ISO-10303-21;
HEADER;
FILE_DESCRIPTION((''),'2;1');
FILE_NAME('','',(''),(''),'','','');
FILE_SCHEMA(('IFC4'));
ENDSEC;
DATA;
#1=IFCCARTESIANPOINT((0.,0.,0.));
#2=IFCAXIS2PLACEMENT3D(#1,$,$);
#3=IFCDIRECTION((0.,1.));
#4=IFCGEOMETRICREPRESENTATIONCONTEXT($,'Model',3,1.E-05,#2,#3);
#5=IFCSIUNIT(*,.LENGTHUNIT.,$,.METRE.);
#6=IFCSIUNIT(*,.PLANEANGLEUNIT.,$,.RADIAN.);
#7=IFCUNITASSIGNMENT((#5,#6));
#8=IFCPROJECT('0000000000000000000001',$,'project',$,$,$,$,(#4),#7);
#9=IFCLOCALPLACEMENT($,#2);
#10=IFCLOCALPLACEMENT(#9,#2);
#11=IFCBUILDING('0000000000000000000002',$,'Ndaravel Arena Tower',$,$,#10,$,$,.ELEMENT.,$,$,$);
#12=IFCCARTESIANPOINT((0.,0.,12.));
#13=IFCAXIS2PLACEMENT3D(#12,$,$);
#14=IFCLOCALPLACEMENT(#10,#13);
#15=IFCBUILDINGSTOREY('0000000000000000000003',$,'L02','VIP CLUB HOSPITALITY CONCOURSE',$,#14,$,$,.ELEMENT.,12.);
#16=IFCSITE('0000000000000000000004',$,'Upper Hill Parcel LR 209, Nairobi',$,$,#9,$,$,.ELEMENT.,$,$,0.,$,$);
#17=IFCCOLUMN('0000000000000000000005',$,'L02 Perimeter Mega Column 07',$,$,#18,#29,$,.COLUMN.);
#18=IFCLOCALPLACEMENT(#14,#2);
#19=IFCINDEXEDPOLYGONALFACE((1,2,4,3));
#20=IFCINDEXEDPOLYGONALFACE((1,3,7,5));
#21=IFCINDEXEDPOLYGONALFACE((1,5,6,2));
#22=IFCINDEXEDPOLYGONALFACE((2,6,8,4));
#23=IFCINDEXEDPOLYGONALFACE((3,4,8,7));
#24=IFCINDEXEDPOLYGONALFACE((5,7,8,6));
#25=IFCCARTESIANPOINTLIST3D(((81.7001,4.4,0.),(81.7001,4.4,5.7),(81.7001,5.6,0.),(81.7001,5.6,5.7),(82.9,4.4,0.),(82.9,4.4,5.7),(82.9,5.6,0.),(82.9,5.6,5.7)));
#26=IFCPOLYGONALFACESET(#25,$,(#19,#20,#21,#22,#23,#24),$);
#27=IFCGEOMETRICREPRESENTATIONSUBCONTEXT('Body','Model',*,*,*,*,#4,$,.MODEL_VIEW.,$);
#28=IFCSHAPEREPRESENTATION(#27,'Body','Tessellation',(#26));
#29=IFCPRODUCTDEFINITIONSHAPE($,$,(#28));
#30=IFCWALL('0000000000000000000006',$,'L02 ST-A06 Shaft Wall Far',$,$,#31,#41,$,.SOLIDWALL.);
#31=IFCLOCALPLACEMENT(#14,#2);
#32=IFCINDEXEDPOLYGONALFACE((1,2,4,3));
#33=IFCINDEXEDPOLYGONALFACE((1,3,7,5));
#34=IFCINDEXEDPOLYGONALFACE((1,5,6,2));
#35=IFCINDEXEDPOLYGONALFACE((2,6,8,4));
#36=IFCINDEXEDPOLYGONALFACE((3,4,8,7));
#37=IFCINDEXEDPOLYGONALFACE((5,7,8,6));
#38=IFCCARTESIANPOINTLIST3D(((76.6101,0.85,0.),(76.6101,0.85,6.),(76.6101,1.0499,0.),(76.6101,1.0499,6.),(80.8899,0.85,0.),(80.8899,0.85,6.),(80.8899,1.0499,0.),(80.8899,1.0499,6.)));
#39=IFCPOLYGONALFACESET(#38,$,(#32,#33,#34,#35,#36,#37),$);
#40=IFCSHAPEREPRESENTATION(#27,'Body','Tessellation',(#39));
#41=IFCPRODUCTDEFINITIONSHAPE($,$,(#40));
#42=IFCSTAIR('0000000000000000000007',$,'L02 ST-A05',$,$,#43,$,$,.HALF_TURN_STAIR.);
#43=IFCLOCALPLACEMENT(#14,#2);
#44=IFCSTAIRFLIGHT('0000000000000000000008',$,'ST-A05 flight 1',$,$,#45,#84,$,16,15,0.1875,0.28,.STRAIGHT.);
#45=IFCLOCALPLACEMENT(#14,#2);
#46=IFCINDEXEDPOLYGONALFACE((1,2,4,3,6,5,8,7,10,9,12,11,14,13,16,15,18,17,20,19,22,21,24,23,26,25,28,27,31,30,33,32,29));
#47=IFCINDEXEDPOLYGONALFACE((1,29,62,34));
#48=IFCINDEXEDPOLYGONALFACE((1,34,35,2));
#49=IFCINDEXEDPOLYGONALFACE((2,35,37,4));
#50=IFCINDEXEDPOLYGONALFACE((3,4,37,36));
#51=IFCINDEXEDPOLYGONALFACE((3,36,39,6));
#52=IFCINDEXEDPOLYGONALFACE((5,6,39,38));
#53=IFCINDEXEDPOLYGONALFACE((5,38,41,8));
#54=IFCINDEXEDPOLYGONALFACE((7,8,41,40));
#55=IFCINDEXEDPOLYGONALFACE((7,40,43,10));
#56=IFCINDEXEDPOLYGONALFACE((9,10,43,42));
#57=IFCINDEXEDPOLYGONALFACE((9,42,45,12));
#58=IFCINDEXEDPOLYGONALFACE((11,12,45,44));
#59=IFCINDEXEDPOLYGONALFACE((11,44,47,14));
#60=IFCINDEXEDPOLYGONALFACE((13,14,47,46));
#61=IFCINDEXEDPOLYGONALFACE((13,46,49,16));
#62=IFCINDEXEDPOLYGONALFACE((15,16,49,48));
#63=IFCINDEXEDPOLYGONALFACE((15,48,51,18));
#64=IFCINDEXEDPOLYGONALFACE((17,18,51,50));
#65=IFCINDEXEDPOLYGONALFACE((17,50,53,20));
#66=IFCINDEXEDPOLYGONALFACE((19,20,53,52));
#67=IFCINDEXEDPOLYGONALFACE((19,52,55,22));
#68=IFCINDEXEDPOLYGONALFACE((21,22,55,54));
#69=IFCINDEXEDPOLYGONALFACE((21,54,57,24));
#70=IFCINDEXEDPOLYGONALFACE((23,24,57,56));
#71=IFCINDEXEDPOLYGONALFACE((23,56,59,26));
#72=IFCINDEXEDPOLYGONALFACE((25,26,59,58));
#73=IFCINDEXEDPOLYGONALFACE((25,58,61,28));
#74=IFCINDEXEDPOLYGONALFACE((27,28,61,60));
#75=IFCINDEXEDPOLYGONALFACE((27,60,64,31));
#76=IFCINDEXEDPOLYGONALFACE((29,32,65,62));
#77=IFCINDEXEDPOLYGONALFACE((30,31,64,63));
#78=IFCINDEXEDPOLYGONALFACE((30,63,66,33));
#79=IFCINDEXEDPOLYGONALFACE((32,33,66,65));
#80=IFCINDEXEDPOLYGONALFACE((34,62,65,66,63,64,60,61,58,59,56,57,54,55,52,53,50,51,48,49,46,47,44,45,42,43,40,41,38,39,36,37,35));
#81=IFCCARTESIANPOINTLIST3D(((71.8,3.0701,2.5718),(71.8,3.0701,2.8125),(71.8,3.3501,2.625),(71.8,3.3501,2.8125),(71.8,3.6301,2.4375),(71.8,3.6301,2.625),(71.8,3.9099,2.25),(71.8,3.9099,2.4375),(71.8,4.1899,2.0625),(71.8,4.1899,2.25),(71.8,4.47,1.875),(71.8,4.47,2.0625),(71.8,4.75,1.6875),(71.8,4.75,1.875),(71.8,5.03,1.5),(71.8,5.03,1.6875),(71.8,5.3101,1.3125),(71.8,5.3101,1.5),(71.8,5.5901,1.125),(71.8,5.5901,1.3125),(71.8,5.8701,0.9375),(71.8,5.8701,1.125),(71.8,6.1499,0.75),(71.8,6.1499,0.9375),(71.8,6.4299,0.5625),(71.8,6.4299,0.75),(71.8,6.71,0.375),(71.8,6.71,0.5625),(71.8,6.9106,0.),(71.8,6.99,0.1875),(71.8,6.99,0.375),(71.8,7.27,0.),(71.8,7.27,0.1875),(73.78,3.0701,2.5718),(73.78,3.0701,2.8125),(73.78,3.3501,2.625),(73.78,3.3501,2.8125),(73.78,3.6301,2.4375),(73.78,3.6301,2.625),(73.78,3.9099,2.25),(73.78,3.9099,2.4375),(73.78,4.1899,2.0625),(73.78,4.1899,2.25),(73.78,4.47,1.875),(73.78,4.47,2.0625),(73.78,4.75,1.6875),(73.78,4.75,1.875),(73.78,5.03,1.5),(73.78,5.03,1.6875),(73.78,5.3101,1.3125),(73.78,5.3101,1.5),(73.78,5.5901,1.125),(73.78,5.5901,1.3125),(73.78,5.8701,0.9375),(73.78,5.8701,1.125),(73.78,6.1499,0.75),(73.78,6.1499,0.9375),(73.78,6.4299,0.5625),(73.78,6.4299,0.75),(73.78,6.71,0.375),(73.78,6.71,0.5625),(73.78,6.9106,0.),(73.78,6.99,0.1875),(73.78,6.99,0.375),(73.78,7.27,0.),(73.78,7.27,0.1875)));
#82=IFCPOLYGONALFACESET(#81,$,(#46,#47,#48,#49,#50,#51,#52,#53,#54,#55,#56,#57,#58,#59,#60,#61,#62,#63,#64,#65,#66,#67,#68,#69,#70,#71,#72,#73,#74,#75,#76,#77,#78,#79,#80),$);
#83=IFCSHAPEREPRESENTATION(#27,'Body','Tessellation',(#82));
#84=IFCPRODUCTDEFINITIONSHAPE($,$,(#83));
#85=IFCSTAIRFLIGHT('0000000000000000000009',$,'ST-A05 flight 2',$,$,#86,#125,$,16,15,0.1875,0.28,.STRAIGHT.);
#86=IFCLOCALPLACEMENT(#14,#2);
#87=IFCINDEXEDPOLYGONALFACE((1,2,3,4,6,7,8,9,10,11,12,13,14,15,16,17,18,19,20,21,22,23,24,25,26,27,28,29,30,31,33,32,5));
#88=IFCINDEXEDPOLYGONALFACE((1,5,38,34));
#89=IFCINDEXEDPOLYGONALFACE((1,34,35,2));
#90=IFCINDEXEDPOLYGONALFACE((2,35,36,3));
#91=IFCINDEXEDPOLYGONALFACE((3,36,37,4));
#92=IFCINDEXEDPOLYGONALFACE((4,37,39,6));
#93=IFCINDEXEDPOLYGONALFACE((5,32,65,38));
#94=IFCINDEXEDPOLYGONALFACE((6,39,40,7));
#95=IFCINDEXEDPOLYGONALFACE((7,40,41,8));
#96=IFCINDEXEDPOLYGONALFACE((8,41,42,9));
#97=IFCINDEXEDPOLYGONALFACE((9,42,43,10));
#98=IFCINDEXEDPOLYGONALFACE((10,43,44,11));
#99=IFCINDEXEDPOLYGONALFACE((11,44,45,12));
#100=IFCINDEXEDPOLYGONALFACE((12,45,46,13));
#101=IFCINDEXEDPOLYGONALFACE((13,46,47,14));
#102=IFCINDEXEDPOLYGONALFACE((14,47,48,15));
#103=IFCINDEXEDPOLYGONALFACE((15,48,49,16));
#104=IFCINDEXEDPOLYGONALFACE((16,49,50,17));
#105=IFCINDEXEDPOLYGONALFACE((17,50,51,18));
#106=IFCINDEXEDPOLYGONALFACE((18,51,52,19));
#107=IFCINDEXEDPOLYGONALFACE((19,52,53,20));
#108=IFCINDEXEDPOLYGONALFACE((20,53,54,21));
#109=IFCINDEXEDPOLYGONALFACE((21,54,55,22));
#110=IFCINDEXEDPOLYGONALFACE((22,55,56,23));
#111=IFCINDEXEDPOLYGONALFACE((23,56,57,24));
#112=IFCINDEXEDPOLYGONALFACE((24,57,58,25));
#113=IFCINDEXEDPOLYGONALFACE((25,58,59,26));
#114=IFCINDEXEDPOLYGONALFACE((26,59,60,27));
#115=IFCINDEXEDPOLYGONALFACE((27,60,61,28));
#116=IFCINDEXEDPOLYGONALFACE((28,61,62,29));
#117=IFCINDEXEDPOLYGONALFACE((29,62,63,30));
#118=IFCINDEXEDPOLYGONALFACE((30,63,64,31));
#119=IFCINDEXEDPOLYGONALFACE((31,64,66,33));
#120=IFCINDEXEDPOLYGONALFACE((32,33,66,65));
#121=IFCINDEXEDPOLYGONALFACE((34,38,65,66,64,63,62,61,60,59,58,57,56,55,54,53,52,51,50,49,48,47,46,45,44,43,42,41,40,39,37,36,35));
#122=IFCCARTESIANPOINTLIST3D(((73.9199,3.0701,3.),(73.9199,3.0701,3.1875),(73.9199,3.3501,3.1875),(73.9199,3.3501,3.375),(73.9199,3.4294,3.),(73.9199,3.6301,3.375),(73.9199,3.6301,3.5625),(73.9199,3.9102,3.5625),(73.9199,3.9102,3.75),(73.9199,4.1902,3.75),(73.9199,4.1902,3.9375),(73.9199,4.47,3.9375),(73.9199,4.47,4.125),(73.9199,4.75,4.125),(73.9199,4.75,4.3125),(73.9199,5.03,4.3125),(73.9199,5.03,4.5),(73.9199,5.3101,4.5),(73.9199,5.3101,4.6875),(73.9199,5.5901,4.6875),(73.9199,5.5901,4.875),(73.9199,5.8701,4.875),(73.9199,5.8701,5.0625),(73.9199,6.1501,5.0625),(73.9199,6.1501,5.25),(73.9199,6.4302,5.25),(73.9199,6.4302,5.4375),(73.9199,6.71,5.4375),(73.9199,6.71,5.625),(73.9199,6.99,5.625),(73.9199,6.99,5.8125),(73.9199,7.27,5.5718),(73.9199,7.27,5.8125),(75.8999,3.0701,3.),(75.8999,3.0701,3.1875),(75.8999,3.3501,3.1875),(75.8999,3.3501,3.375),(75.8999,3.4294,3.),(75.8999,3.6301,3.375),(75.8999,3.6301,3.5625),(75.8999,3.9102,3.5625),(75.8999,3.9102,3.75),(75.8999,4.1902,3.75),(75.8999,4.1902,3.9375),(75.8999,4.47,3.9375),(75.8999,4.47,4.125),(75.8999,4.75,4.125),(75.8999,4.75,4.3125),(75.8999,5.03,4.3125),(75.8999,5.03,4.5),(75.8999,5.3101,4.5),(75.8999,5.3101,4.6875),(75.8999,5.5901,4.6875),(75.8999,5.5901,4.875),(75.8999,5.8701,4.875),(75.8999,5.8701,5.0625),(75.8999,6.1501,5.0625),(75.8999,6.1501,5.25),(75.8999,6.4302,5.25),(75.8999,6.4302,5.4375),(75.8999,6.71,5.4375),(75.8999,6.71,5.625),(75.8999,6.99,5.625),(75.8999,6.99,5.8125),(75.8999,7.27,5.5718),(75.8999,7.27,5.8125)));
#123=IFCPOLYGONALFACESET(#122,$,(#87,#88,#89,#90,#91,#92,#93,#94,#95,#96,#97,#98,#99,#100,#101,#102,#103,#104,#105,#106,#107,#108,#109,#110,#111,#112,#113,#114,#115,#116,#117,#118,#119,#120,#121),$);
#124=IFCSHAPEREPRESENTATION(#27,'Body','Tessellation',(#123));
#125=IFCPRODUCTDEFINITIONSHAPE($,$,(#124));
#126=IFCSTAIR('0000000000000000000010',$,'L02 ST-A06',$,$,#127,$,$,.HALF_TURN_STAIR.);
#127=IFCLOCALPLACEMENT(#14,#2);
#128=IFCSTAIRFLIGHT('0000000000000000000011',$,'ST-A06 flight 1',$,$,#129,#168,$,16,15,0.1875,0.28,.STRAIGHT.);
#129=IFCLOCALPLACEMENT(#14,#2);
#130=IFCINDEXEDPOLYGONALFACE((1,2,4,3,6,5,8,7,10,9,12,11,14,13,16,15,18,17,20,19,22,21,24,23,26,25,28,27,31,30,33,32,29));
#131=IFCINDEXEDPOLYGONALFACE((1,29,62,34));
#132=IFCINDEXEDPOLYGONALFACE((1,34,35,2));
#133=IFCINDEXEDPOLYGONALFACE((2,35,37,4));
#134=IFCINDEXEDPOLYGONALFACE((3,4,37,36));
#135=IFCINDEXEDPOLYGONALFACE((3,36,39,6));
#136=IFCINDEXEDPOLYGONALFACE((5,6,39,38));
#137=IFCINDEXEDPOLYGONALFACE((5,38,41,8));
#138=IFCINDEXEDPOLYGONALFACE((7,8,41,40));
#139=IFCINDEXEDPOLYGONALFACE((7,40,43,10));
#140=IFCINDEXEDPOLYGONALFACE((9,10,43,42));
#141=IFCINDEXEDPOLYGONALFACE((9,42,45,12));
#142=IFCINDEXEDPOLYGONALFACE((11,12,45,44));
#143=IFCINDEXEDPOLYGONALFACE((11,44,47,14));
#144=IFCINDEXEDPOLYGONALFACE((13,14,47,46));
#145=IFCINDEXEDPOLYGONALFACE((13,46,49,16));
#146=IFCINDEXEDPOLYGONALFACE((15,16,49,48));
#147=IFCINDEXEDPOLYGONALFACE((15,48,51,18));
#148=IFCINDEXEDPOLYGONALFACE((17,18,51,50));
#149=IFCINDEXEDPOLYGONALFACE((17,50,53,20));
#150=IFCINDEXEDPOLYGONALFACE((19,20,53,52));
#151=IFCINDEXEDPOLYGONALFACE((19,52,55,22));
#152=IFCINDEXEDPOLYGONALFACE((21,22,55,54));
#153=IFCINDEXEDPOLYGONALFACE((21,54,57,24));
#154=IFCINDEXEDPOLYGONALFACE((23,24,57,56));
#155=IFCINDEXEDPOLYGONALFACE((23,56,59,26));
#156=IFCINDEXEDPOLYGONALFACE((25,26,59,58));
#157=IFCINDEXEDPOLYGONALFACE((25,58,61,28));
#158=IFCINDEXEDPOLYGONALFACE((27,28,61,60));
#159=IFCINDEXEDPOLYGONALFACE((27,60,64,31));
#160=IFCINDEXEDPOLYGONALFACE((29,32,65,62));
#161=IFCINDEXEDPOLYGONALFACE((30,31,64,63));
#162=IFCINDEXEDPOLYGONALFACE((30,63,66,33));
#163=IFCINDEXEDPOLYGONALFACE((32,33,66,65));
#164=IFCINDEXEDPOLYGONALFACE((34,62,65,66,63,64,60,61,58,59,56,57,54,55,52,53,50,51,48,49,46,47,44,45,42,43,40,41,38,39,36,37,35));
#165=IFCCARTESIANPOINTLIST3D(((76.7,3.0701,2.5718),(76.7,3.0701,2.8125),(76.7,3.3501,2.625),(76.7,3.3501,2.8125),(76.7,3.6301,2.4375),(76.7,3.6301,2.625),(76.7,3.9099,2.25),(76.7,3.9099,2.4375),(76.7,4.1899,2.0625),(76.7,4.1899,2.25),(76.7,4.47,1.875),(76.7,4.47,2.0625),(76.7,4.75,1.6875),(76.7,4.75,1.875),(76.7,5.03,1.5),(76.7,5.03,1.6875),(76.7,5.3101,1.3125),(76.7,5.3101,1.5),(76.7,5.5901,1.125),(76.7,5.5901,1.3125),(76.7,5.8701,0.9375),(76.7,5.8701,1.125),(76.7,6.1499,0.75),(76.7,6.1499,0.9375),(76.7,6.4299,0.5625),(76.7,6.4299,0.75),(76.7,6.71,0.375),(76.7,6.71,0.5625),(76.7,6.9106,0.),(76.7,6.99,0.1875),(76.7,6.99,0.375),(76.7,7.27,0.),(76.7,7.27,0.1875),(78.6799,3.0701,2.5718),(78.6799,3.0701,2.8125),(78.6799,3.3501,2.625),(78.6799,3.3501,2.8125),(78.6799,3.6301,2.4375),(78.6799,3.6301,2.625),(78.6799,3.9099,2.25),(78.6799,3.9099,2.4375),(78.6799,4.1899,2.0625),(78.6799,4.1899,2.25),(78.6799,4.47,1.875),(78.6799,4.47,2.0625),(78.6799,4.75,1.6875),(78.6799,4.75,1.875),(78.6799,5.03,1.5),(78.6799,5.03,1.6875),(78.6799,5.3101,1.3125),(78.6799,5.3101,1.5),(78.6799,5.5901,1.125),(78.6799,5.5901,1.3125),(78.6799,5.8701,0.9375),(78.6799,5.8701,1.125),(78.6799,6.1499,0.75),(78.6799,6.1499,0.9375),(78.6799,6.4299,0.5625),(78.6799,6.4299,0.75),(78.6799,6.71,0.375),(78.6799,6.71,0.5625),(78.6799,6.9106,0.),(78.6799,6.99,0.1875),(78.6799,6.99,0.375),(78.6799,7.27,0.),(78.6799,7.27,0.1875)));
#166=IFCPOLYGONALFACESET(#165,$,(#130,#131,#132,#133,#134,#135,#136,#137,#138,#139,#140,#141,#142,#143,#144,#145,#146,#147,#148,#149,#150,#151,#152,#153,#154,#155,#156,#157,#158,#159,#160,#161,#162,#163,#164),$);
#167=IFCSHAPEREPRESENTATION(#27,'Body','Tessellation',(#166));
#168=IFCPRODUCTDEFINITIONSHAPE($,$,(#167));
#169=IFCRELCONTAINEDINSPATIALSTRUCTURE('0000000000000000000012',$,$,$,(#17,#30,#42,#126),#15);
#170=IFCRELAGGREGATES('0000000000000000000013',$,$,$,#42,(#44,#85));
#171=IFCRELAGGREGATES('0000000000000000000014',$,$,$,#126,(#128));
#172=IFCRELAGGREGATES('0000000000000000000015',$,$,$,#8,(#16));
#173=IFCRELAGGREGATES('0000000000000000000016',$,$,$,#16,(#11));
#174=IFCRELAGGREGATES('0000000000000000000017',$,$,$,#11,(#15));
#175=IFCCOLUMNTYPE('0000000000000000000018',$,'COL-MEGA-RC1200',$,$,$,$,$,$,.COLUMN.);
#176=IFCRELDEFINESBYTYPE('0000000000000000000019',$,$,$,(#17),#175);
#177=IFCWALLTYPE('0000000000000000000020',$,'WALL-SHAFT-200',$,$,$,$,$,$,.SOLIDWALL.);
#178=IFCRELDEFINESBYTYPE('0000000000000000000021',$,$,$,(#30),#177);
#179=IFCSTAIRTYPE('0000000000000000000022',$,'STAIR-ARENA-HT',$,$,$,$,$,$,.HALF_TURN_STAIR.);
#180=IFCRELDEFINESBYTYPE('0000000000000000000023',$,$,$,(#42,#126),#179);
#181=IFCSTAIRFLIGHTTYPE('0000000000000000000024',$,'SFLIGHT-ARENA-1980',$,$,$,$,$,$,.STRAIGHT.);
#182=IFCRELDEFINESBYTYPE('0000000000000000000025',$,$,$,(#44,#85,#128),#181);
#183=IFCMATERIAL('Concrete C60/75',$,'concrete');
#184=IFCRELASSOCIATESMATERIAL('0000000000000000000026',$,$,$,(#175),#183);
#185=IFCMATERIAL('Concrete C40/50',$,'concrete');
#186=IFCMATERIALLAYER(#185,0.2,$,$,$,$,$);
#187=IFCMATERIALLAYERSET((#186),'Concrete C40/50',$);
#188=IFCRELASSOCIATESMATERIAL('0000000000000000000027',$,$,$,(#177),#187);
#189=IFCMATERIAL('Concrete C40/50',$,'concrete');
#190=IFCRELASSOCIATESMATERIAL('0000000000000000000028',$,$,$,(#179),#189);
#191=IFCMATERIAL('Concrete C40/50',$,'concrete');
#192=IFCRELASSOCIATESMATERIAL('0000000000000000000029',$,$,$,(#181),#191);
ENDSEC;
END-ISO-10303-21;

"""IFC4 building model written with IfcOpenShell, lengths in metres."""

from ifc_helpers import new_model, si_unit, direction, frame, frame_2d, origin, origin_2d, place, context, subcontext, project, spatial, polyline, rectangle, outline, extrude, material, layer, layer_set, material_profile, profile_set, type_object, element, aggregate, save


model = new_model("IFC4")

# Units and contexts
model_context = context("Model", 3, precision=1e-05, world=origin(), true_north=direction((0.0, 1.0)))
body_context = subcontext(model_context, "Body", "Model", "MODEL_VIEW")
ifc_project = project(units=[si_unit("LENGTHUNIT", "METRE"), si_unit("PLANEANGLEUNIT", "RADIAN")], contexts=[model_context])

# Site, building, storey
site_placement = place(None, origin())
site = spatial("IfcSite", under=ifc_project, at=site_placement, Name="Upper Hill Parcel LR 209, Nairobi", CompositionType="ELEMENT", RefElevation=0.0)
building_placement = place(site_placement, origin())
building = spatial("IfcBuilding", under=site, at=building_placement, Name="Ndaravel Arena Tower", CompositionType="ELEMENT")
storey_placement = place(building_placement, frame((0.0, 0.0, 12.0)))
storey = spatial("IfcBuildingStorey", under=building, at=storey_placement, Name="L02", Description="VIP CLUB HOSPITALITY CONCOURSE", CompositionType="ELEMENT", Elevation=12.0)

# Column
ifc_material_1 = material(Name="Concrete C60/75", Category="concrete")
ifc_material_profile = material_profile(ifc_material_1, rectangle(XDim=1.2, YDim=1.2, at=origin_2d()), Name="RC 1200x1200")
ifc_profile_set = profile_set([ifc_material_profile], Name="Concrete C60/75")
column_type = type_object("IfcColumnType", Name="COL-MEGA-RC1200", PredefinedType="COLUMN", material=ifc_profile_set)
column_placement = place(storey_placement, frame((82.3, 5.0, 0.0), z_axis=(0.0, 0.0, 1.0), x_axis=(1.0, 0.0, 0.0)))
element("IfcColumn", 1, at=column_placement, inside=storey, type_object=column_type, Name="L02 Perimeter Mega Column 07", PredefinedType="COLUMN", context=body_context, shape_type="SweptSolid", body=[
    extrude(rectangle(XDim=1.2, YDim=1.2, at=origin_2d()), origin(), (0.0, 0.0, 1.0), 5.7),
])

# Wall
ifc_material_2 = material(Name="Concrete C40/50", Category="concrete")
ifc_layer_1 = layer(ifc_material_2, 0.2)
ifc_layer_set_1 = layer_set([ifc_layer_1], Name="Concrete C40/50")
wall_type_1 = type_object("IfcWallType", Name="WALL-SHAFT-200", PredefinedType="SOLIDWALL", material=ifc_layer_set_1)
wall_1_placement = place(storey_placement, frame((76.6101, 0.95, 0.0), z_axis=(0.0, 0.0, 1.0), x_axis=(1.0, 0.0, 0.0)))
element("IfcWall", 2, at=wall_1_placement, inside=storey, type_object=wall_type_1, Name="L02 ST-A06 Shaft Wall Far", PredefinedType="SOLIDWALL", context=body_context, shape_type="SweptSolid", body=[
    extrude(rectangle(XDim=4.2798, YDim=0.2, at=frame_2d((2.1399, 0.0))), origin(), (0.0, 0.0, 1.0), 6.0),
])

# Stairs, stair flights
ifc_material_3 = material(Name="Concrete C40/50", Category="concrete")
stair_type = type_object("IfcStairType", Name="STAIR-ARENA-HT", PredefinedType="HALF_TURN_STAIR", material=ifc_material_3)
stair_1_placement = place(storey_placement, origin())
stair_1 = element("IfcStair", 3, at=stair_1_placement, inside=storey, type_object=stair_type, Name="L02 ST-A05", PredefinedType="HALF_TURN_STAIR")
ifc_material_4 = material(Name="Concrete C40/50", Category="concrete")
stair_flight_type = type_object("IfcStairFlightType", Name="SFLIGHT-ARENA-1980", PredefinedType="STRAIGHT", material=ifc_material_4)
stair_flight_1_placement = place(storey_placement, frame((72.79, 7.27, 0.0), z_axis=(0.0, 0.0, 1.0), x_axis=(0.0, -1.0, 0.0)))
stair_flight_1 = element("IfcStairFlight", 4, at=stair_flight_1_placement, type_object=stair_flight_type, Name="ST-A05 flight 1", NumberOfRisers=16, NumberOfTreads=15, PredefinedType="STRAIGHT", RiserHeight=0.1875, TreadLength=0.28, context=body_context, shape_type="SweptSolid", body=[
    extrude(outline(polyline([(0.0, 0.0), (0.0, 0.1875), (0.28, 0.1875), (0.28, 0.375), (0.5601, 0.375), (0.5601, 0.5625), (0.8401, 0.5625), (0.8401, 0.75), (1.1201, 0.75), (1.1201, 0.9375), (1.3999, 0.9375), (1.3999, 1.125), (1.6799, 1.125), (1.6799, 1.3125), (1.96, 1.3125), (1.96, 1.5), (2.24, 1.5), (2.24, 1.6875), (2.52, 1.6875), (2.52, 1.875), (2.8, 1.875), (2.8, 2.0625), (3.0801, 2.0625), (3.0801, 2.25), (3.3601, 2.25), (3.3601, 2.4375), (3.6399, 2.4375), (3.6399, 2.625), (3.9199, 2.625), (3.9199, 2.8125), (4.2, 2.8125), (4.2, 3.0), (4.2, 2.5718), (0.3594, 0.0), (0.0, 0.0)])), frame((0.0, 0.99, 0.0), z_axis=(0.0, -1.0, 0.0), x_axis=(1.0, 0.0, 0.0)), (0.0, 0.0, 1.0), 1.98),
])
stair_flight_2_placement = place(storey_placement, frame((74.9099, 3.0701, 3.0), z_axis=(0.0, 0.0, 1.0), x_axis=(0.0, 1.0, 0.0)))
stair_flight_2 = element("IfcStairFlight", 5, at=stair_flight_2_placement, type_object=stair_flight_type, Name="ST-A05 flight 2", NumberOfRisers=16, NumberOfTreads=15, PredefinedType="STRAIGHT", RiserHeight=0.1875, TreadLength=0.28, context=body_context, shape_type="SweptSolid", body=[
    extrude(outline(polyline([(0.0, 0.0), (0.0, 0.1875), (0.28, 0.1875), (0.28, 0.375), (0.5601, 0.375), (0.5601, 0.5625), (0.8401, 0.5625), (0.8401, 0.75), (1.1201, 0.75), (1.1201, 0.9375), (1.3999, 0.9375), (1.3999, 1.125), (1.6799, 1.125), (1.6799, 1.3125), (1.96, 1.3125), (1.96, 1.5), (2.24, 1.5), (2.24, 1.6875), (2.52, 1.6875), (2.52, 1.875), (2.8, 1.875), (2.8, 2.0625), (3.0801, 2.0625), (3.0801, 2.25), (3.3601, 2.25), (3.3601, 2.4375), (3.6399, 2.4375), (3.6399, 2.625), (3.9199, 2.625), (3.9199, 2.8125), (4.2, 2.8125), (4.2, 3.0), (4.2, 2.5718), (0.3594, 0.0), (0.0, 0.0)])), frame((0.0, 0.99, 0.0), z_axis=(0.0, -1.0, 0.0), x_axis=(1.0, 0.0, 0.0)), (0.0, 0.0, 1.0), 1.98),
])
aggregate(stair_1, [stair_flight_1, stair_flight_2])
stair_2_placement = place(storey_placement, origin())
stair_2 = element("IfcStair", 6, at=stair_2_placement, inside=storey, type_object=stair_type, Name="L02 ST-A06", PredefinedType="HALF_TURN_STAIR")
stair_flight_3_placement = place(storey_placement, frame((77.6899, 7.27, 0.0), z_axis=(0.0, 0.0, 1.0), x_axis=(0.0, -1.0, 0.0)))
stair_flight_3 = element("IfcStairFlight", 7, at=stair_flight_3_placement, type_object=stair_flight_type, Name="ST-A06 flight 1", NumberOfRisers=16, NumberOfTreads=15, PredefinedType="STRAIGHT", RiserHeight=0.1875, TreadLength=0.28, context=body_context, shape_type="SweptSolid", body=[
    extrude(outline(polyline([(0.0, 0.0), (0.0, 0.1875), (0.28, 0.1875), (0.28, 0.375), (0.5601, 0.375), (0.5601, 0.5625), (0.8401, 0.5625), (0.8401, 0.75), (1.1201, 0.75), (1.1201, 0.9375), (1.3999, 0.9375), (1.3999, 1.125), (1.6799, 1.125), (1.6799, 1.3125), (1.96, 1.3125), (1.96, 1.5), (2.24, 1.5), (2.24, 1.6875), (2.52, 1.6875), (2.52, 1.875), (2.8, 1.875), (2.8, 2.0625), (3.0801, 2.0625), (3.0801, 2.25), (3.3601, 2.25), (3.3601, 2.4375), (3.6399, 2.4375), (3.6399, 2.625), (3.9199, 2.625), (3.9199, 2.8125), (4.2, 2.8125), (4.2, 3.0), (4.2, 2.5718), (0.3594, 0.0), (0.0, 0.0)])), frame((0.0, 0.99, 0.0), z_axis=(0.0, -1.0, 0.0), x_axis=(1.0, 0.0, 0.0)), (0.0, 0.0, 1.0), 1.98),
])
aggregate(stair_2, [stair_flight_3])

save(model, "model.ifc")
